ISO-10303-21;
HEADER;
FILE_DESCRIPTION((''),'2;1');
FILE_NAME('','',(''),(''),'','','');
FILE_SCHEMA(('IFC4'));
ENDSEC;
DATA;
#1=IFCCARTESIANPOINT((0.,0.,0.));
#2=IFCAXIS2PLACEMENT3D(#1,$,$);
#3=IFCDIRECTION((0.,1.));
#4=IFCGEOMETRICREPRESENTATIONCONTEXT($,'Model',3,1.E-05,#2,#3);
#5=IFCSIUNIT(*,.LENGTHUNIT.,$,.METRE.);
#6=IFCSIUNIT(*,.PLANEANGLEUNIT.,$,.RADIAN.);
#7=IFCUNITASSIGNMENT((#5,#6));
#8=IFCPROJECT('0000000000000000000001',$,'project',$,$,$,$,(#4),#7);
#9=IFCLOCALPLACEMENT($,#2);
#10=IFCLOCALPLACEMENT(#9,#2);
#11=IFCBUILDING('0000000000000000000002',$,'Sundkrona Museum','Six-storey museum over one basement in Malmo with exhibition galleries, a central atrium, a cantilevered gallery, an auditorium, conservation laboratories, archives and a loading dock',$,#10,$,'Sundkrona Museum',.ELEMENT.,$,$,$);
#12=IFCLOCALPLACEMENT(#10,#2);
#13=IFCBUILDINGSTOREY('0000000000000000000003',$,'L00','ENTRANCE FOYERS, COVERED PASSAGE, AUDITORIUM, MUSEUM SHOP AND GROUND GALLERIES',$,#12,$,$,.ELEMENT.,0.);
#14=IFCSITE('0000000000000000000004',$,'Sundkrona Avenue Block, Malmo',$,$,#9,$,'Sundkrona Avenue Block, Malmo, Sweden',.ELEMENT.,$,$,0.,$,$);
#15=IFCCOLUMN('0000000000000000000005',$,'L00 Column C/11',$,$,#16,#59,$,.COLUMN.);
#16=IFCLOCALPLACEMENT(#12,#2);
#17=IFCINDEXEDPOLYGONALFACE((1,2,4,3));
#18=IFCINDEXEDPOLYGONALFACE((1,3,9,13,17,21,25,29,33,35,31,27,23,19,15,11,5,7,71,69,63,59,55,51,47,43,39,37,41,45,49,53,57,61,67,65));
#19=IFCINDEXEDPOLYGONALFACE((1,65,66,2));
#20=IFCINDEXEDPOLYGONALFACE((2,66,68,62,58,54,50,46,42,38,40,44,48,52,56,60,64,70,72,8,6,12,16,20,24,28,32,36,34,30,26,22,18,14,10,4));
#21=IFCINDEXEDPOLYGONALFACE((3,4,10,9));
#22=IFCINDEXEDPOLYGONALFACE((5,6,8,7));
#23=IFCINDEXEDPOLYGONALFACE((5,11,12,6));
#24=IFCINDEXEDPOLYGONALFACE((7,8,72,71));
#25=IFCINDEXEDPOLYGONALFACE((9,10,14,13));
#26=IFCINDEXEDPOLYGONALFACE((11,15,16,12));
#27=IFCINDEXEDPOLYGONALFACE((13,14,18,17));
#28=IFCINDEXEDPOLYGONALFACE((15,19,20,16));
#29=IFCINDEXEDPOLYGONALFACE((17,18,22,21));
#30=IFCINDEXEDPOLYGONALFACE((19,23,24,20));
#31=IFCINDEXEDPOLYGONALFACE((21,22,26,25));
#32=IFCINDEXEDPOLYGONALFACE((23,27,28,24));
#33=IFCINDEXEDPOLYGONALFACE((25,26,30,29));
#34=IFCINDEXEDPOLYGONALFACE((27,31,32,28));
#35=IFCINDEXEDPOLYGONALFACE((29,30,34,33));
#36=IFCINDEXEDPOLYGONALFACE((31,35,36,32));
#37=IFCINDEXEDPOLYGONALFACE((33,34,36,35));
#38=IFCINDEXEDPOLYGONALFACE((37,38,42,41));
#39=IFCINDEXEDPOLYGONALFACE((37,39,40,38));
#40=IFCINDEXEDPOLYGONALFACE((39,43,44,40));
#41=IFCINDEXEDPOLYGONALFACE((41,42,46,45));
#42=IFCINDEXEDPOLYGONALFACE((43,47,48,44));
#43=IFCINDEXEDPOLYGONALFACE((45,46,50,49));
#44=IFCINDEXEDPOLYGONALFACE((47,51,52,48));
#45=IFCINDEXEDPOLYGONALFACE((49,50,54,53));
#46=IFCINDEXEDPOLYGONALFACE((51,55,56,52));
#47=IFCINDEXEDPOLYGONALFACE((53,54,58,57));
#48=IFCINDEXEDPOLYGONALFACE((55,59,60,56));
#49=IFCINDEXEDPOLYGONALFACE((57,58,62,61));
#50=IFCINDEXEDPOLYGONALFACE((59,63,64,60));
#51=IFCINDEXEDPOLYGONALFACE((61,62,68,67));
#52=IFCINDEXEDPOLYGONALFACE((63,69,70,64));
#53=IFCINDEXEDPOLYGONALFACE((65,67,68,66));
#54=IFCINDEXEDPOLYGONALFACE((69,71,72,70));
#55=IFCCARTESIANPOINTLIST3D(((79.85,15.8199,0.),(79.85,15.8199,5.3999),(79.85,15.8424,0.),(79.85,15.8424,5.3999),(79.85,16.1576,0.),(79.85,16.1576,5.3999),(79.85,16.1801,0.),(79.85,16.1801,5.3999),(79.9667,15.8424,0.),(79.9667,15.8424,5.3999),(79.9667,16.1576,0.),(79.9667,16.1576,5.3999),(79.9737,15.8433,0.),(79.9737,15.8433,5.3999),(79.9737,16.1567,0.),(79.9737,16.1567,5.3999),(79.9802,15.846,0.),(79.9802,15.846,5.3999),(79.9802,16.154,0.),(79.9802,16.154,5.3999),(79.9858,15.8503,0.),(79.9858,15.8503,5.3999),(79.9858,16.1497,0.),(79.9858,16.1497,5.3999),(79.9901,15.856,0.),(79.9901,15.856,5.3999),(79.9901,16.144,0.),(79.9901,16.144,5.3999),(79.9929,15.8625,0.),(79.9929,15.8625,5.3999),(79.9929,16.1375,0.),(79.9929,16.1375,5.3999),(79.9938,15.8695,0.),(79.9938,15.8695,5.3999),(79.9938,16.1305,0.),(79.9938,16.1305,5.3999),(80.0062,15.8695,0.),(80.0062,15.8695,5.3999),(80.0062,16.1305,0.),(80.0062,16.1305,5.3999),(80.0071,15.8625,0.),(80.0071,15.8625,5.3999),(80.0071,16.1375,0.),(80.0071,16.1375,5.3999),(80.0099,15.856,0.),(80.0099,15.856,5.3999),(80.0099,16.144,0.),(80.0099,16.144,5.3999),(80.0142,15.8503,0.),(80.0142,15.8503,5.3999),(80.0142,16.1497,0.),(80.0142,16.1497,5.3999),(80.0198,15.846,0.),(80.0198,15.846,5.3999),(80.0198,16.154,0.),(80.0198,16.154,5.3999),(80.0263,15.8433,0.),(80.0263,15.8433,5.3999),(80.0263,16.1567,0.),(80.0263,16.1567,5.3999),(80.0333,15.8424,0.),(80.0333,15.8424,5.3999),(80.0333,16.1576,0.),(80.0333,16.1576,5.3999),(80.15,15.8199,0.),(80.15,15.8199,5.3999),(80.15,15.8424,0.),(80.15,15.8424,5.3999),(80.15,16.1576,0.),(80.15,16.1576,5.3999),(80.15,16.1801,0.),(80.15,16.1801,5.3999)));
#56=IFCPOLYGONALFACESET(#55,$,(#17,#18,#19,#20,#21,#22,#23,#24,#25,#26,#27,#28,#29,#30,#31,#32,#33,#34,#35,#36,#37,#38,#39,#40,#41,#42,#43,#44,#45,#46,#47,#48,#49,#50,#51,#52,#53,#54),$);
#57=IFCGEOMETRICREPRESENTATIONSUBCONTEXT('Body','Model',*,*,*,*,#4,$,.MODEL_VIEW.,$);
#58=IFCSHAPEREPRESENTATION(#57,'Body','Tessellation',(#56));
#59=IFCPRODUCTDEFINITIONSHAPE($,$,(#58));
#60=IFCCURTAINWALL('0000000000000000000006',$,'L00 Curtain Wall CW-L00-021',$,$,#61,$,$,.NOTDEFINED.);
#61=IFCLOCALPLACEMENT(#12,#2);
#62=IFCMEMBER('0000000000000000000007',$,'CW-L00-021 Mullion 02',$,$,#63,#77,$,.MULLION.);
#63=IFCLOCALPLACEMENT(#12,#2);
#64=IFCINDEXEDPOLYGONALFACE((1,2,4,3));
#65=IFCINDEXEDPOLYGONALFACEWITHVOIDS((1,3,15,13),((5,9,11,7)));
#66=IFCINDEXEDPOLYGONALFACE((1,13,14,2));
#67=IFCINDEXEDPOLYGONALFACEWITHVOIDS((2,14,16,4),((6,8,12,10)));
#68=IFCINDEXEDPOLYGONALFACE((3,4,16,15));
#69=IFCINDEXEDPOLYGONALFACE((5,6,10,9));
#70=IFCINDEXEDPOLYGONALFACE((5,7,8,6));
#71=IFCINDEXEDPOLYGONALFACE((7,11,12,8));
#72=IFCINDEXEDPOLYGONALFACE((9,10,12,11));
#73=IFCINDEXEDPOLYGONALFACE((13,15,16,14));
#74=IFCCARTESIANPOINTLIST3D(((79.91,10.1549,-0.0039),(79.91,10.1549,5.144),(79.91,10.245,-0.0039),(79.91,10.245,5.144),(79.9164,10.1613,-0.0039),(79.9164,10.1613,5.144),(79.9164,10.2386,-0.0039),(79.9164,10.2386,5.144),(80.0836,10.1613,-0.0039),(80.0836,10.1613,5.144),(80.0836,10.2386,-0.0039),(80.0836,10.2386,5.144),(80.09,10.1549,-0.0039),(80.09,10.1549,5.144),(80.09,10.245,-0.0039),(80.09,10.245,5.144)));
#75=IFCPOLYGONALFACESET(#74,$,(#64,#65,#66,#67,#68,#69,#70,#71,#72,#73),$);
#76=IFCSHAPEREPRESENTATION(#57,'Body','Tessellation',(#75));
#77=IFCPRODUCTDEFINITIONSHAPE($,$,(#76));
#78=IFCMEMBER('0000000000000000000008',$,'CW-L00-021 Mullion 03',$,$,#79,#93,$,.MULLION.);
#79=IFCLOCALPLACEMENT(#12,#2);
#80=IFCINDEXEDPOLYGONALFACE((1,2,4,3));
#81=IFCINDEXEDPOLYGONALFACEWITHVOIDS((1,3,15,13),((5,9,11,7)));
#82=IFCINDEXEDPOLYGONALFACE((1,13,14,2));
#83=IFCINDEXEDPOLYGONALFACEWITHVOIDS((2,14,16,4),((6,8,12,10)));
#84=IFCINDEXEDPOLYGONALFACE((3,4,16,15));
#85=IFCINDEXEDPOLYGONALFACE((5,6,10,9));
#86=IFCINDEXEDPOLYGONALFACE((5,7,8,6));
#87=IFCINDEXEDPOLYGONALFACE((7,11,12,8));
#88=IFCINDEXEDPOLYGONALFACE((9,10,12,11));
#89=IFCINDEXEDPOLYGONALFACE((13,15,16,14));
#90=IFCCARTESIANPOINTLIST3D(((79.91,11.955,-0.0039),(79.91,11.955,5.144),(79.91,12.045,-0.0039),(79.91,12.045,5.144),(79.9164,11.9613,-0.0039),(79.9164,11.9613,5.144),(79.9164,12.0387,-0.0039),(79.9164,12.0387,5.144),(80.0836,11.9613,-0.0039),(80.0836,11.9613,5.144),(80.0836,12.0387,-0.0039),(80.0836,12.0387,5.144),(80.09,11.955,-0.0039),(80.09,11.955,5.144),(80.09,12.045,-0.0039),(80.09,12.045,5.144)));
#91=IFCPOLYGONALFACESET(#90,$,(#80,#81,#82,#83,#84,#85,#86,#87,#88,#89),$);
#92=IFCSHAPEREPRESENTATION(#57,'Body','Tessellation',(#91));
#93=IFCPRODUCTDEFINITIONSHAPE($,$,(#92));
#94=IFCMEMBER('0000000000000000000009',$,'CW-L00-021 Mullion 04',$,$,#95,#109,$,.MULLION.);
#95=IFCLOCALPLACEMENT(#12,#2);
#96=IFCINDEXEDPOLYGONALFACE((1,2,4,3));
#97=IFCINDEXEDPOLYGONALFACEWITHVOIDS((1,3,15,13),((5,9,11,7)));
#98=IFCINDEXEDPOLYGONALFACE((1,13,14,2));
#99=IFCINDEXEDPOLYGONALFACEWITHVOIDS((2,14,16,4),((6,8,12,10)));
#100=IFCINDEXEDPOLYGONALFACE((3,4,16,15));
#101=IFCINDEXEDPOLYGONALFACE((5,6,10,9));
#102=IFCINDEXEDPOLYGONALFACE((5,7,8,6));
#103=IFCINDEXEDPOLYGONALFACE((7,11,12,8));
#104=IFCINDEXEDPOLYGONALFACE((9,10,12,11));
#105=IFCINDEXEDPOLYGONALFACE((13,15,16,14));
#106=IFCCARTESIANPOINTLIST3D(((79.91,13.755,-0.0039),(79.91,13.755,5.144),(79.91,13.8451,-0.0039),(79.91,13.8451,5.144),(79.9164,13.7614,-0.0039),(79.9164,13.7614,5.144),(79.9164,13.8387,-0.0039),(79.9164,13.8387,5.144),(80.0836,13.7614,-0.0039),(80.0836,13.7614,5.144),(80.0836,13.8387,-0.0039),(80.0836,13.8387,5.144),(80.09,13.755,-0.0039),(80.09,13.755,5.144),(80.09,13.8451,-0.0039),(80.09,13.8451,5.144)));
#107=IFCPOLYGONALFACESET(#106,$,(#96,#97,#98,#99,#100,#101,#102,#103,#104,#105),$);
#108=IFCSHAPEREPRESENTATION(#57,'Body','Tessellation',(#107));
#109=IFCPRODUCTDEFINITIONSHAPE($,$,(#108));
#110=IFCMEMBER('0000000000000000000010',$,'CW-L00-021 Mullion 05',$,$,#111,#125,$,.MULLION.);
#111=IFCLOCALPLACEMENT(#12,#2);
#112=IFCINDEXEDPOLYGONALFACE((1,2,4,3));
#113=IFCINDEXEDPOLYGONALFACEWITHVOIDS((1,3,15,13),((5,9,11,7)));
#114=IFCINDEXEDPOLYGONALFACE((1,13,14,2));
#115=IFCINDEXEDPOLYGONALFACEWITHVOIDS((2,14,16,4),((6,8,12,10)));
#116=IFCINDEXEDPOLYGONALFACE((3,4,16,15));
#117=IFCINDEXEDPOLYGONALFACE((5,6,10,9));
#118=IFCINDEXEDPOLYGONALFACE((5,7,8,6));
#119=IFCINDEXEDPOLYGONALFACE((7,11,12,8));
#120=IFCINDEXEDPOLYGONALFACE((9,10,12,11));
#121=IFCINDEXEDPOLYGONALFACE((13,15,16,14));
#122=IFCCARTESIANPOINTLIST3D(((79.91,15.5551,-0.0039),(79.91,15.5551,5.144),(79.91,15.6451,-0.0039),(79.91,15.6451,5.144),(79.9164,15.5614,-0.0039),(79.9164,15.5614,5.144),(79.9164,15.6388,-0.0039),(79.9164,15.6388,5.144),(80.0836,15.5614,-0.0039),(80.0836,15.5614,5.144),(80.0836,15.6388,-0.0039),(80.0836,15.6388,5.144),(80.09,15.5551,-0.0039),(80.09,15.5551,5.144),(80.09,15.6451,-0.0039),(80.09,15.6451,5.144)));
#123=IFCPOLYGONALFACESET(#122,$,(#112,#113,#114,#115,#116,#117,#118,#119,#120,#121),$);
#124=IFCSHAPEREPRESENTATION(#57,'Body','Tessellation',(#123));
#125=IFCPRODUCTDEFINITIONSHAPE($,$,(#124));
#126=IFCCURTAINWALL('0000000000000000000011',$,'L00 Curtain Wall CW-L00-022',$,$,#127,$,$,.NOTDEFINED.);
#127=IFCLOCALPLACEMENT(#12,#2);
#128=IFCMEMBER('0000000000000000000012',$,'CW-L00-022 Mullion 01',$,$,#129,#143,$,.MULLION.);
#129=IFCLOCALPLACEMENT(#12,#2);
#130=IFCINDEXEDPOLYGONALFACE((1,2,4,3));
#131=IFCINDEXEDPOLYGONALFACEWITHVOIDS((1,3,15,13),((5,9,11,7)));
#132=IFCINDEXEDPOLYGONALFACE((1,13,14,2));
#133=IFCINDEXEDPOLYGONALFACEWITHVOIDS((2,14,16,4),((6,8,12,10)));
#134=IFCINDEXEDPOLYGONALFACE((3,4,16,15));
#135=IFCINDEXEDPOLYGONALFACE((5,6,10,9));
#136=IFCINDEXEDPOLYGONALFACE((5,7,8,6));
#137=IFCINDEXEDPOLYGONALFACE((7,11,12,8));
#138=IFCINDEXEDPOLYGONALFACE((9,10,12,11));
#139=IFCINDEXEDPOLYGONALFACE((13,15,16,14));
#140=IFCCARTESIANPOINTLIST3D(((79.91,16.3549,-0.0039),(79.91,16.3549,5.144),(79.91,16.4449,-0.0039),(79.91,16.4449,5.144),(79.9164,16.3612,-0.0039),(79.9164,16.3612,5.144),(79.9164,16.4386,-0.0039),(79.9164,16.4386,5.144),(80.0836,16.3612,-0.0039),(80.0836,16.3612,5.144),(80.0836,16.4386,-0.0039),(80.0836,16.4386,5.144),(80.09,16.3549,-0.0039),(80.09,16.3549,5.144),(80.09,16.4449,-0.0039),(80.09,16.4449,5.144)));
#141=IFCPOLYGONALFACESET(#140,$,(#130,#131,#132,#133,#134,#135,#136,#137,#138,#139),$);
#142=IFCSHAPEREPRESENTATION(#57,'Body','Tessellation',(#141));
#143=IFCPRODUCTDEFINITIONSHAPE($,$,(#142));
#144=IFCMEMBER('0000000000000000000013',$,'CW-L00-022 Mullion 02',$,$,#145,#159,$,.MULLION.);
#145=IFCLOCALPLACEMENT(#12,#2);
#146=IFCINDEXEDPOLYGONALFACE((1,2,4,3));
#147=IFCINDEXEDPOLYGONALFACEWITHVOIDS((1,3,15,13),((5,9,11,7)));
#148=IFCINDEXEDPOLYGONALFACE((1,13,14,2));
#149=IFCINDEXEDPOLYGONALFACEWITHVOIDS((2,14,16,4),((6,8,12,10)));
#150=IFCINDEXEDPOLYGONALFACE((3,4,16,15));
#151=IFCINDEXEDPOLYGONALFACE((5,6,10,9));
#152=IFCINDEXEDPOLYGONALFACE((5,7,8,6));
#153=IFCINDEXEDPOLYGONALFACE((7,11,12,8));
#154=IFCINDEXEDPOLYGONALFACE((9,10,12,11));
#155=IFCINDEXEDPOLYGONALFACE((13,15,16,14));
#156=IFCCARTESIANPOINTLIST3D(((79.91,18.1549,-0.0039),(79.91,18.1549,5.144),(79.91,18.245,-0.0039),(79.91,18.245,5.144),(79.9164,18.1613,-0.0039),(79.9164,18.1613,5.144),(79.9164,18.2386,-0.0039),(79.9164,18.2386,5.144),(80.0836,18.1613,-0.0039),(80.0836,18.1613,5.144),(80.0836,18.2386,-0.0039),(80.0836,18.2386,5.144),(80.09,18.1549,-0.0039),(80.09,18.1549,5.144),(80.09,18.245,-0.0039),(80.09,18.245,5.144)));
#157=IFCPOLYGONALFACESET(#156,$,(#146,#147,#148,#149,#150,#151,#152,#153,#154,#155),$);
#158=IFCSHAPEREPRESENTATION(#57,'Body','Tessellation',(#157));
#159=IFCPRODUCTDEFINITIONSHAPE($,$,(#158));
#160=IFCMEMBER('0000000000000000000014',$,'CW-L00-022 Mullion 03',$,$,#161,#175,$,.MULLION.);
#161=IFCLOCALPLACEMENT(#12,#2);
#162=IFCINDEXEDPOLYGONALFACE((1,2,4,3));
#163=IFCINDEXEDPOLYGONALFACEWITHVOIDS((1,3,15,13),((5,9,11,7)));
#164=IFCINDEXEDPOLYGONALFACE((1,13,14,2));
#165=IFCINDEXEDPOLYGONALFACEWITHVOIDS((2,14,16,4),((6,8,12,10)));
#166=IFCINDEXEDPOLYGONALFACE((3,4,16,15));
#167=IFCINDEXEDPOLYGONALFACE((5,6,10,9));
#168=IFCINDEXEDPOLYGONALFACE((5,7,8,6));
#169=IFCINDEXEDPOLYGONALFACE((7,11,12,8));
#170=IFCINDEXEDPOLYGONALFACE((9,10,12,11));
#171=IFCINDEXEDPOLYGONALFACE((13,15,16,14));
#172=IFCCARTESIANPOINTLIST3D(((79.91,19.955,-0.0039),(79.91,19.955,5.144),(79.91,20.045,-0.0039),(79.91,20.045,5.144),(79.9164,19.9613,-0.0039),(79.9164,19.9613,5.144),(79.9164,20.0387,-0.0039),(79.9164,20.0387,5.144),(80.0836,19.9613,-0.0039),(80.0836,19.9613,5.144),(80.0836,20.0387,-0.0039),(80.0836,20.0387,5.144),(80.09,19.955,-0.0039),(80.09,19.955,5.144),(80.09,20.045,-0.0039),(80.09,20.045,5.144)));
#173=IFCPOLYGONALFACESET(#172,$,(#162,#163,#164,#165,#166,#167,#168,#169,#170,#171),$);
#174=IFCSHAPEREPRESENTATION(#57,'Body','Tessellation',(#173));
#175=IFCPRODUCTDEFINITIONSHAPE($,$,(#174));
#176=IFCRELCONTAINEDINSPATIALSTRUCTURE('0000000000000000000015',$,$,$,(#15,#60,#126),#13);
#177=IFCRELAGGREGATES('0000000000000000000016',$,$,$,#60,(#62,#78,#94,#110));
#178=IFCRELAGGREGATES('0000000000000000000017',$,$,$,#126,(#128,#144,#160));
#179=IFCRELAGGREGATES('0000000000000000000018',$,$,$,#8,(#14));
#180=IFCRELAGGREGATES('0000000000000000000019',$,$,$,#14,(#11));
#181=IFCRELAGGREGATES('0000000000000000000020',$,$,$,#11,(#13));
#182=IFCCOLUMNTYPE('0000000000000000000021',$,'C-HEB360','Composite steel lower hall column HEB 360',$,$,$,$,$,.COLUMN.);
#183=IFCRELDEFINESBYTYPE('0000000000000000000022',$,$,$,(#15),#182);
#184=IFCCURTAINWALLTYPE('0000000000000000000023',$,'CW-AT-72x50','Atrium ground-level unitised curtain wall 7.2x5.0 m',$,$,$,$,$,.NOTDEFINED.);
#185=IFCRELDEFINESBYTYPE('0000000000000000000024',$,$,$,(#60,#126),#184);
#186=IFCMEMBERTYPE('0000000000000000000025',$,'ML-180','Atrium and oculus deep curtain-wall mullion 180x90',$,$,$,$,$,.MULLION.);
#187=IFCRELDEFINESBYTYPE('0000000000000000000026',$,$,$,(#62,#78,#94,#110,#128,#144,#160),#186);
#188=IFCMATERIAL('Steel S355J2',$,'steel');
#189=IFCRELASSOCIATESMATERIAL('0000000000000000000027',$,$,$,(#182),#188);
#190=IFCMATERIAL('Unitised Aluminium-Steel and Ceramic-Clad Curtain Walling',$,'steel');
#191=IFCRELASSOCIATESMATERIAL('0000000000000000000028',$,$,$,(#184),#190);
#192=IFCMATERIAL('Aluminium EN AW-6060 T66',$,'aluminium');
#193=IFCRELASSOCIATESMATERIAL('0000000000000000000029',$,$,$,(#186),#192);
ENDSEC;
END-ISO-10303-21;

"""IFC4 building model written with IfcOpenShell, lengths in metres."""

from ifc_helpers import new_model, si_unit, direction, frame, origin, origin_2d, place, context, subcontext, project, spatial, hollow_rectangle, i_section, extrude, material, material_profile, profile_set, type_object, element, aggregate, save


model = new_model("IFC4")

# Units and contexts
model_context = context("Model", 3, precision=1e-05, world=origin(), true_north=direction((0.0, 1.0)))
body_context = subcontext(model_context, "Body", "Model", "MODEL_VIEW")
ifc_project = project(units=[si_unit("LENGTHUNIT", "METRE"), si_unit("PLANEANGLEUNIT", "RADIAN")], contexts=[model_context])

# Site, building, storey
site_placement = place(None, origin())
site = spatial("IfcSite", under=ifc_project, at=site_placement, Name="Sundkrona Avenue Block, Malmo", LongName="Sundkrona Avenue Block, Malmo, Sweden", CompositionType="ELEMENT", RefElevation=0.0)
building_placement = place(site_placement, origin())
building = spatial("IfcBuilding", under=site, at=building_placement, Name="Sundkrona Museum", Description="Six-storey museum over one basement in Malmo with exhibition galleries, a central atrium, a cantilevered gallery, an auditorium, conservation laboratories, archives and a loading dock", LongName="Sundkrona Museum", CompositionType="ELEMENT")
storey_placement = place(building_placement, origin())
storey = spatial("IfcBuildingStorey", under=building, at=storey_placement, Name="L00", Description="ENTRANCE FOYERS, COVERED PASSAGE, AUDITORIUM, MUSEUM SHOP AND GROUND GALLERIES", CompositionType="ELEMENT", Elevation=0.0)

# Column
ifc_material_1 = material(Name="Steel S355J2", Category="steel")
ifc_material_profile_1 = material_profile(ifc_material_1, i_section(OverallWidth=0.3, OverallDepth=0.3601, WebThickness=0.0125, FlangeThickness=0.0225, FilletRadius=0.0271, at=origin_2d()), Name="HEB 360")
ifc_profile_set_1 = profile_set([ifc_material_profile_1], Name="Steel S355J2")
column_type = type_object("IfcColumnType", Name="C-HEB360", Description="Composite steel lower hall column HEB 360", PredefinedType="COLUMN", material=ifc_profile_set_1)
column_placement = place(storey_placement, frame((80.0, 16.0, 0.0), z_axis=(0.0, 0.0, 1.0), x_axis=(1.0, 0.0, 0.0)))
element("IfcColumn", 1, at=column_placement, inside=storey, type_object=column_type, Name="L00 Column C/11", PredefinedType="COLUMN", context=body_context, shape_type="SweptSolid", body=[
    extrude(i_section(OverallWidth=0.3, OverallDepth=0.3601, WebThickness=0.0125, FlangeThickness=0.0225, FilletRadius=0.0271, at=origin_2d()), origin(), (0.0, 0.0, 1.0), 5.3999),
])

# Curtain walls, members
ifc_material_2 = material(Name="Unitised Aluminium-Steel and Ceramic-Clad Curtain Walling", Category="steel")
curtain_wall_type = type_object("IfcCurtainWallType", Name="CW-AT-72x50", Description="Atrium ground-level unitised curtain wall 7.2x5.0 m", PredefinedType="NOTDEFINED", material=ifc_material_2)
curtain_wall_1_placement = place(storey_placement, origin())
curtain_wall_1 = element("IfcCurtainWall", 2, at=curtain_wall_1_placement, inside=storey, type_object=curtain_wall_type, Name="L00 Curtain Wall CW-L00-021", PredefinedType="NOTDEFINED")
ifc_material_3 = material(Name="Aluminium EN AW-6060 T66", Category="aluminium")
ifc_material_profile_2 = material_profile(ifc_material_3, hollow_rectangle(XDim=0.0901, YDim=0.1799, WallThickness=0.0063, at=origin_2d()), Name="RHS 180x90x6.3")
ifc_profile_set_2 = profile_set([ifc_material_profile_2], Name="Aluminium EN AW-6060 T66")
member_type_1 = type_object("IfcMemberType", Name="ML-180", Description="Atrium and oculus deep curtain-wall mullion 180x90", PredefinedType="MULLION", material=ifc_profile_set_2)
member_1_placement = place(storey_placement, frame((80.0, 10.2, -0.0039), z_axis=(0.0, 0.0, 1.0), x_axis=(0.0, 1.0, 0.0)))
member_1 = element("IfcMember", 3, at=member_1_placement, type_object=member_type_1, Name="CW-L00-021 Mullion 02", PredefinedType="MULLION", context=body_context, shape_type="SweptSolid", body=[
    extrude(hollow_rectangle(XDim=0.0901, YDim=0.1799, WallThickness=0.0063, at=origin_2d()), origin(), (0.0, 0.0, 1.0), 5.1479),
])
member_2_placement = place(storey_placement, frame((80.0, 12.0, -0.0039), z_axis=(0.0, 0.0, 1.0), x_axis=(0.0, 1.0, 0.0)))
member_2 = element("IfcMember", 4, at=member_2_placement, type_object=member_type_1, Name="CW-L00-021 Mullion 03", PredefinedType="MULLION", context=body_context, shape_type="SweptSolid", body=[
    extrude(hollow_rectangle(XDim=0.0901, YDim=0.1799, WallThickness=0.0063, at=origin_2d()), origin(), (0.0, 0.0, 1.0), 5.1479),
])
member_3_placement = place(storey_placement, frame((80.0, 13.8, -0.0039), z_axis=(0.0, 0.0, 1.0), x_axis=(0.0, 1.0, 0.0)))
member_3 = element("IfcMember", 5, at=member_3_placement, type_object=member_type_1, Name="CW-L00-021 Mullion 04", PredefinedType="MULLION", context=body_context, shape_type="SweptSolid", body=[
    extrude(hollow_rectangle(XDim=0.0901, YDim=0.1799, WallThickness=0.0063, at=origin_2d()), origin(), (0.0, 0.0, 1.0), 5.1479),
])
member_4_placement = place(storey_placement, frame((80.0, 15.6001, -0.0039), z_axis=(0.0, 0.0, 1.0), x_axis=(0.0, 1.0, 0.0)))
member_4 = element("IfcMember", 6, at=member_4_placement, type_object=member_type_1, Name="CW-L00-021 Mullion 05", PredefinedType="MULLION", context=body_context, shape_type="SweptSolid", body=[
    extrude(hollow_rectangle(XDim=0.0901, YDim=0.1799, WallThickness=0.0063, at=origin_2d()), origin(), (0.0, 0.0, 1.0), 5.1479),
])
curtain_wall_2_placement = place(storey_placement, origin())
curtain_wall_2 = element("IfcCurtainWall", 7, at=curtain_wall_2_placement, inside=storey, type_object=curtain_wall_type, Name="L00 Curtain Wall CW-L00-022", PredefinedType="NOTDEFINED")
member_5_placement = place(storey_placement, frame((80.0, 16.3999, -0.0039), z_axis=(0.0, 0.0, 1.0), x_axis=(0.0, 1.0, 0.0)))
member_5 = element("IfcMember", 8, at=member_5_placement, type_object=member_type_1, Name="CW-L00-022 Mullion 01", PredefinedType="MULLION", context=body_context, shape_type="SweptSolid", body=[
    extrude(hollow_rectangle(XDim=0.0901, YDim=0.1799, WallThickness=0.0063, at=origin_2d()), origin(), (0.0, 0.0, 1.0), 5.1479),
])
member_6_placement = place(storey_placement, frame((80.0, 18.2, -0.0039), z_axis=(0.0, 0.0, 1.0), x_axis=(0.0, 1.0, 0.0)))
member_6 = element("IfcMember", 9, at=member_6_placement, type_object=member_type_1, Name="CW-L00-022 Mullion 02", PredefinedType="MULLION", context=body_context, shape_type="SweptSolid", body=[
    extrude(hollow_rectangle(XDim=0.0901, YDim=0.1799, WallThickness=0.0063, at=origin_2d()), origin(), (0.0, 0.0, 1.0), 5.1479),
])
member_7_placement = place(storey_placement, frame((80.0, 20.0, -0.0039), z_axis=(0.0, 0.0, 1.0), x_axis=(0.0, 1.0, 0.0)))
member_7 = element("IfcMember", 10, at=member_7_placement, type_object=member_type_1, Name="CW-L00-022 Mullion 03", PredefinedType="MULLION", context=body_context, shape_type="SweptSolid", body=[
    extrude(hollow_rectangle(XDim=0.0901, YDim=0.1799, WallThickness=0.0063, at=origin_2d()), origin(), (0.0, 0.0, 1.0), 5.1479),
])

aggregate(curtain_wall_1, [member_1, member_2, member_3, member_4])
aggregate(curtain_wall_2, [member_5, member_6, member_7])

save(model, "model.ifc")
